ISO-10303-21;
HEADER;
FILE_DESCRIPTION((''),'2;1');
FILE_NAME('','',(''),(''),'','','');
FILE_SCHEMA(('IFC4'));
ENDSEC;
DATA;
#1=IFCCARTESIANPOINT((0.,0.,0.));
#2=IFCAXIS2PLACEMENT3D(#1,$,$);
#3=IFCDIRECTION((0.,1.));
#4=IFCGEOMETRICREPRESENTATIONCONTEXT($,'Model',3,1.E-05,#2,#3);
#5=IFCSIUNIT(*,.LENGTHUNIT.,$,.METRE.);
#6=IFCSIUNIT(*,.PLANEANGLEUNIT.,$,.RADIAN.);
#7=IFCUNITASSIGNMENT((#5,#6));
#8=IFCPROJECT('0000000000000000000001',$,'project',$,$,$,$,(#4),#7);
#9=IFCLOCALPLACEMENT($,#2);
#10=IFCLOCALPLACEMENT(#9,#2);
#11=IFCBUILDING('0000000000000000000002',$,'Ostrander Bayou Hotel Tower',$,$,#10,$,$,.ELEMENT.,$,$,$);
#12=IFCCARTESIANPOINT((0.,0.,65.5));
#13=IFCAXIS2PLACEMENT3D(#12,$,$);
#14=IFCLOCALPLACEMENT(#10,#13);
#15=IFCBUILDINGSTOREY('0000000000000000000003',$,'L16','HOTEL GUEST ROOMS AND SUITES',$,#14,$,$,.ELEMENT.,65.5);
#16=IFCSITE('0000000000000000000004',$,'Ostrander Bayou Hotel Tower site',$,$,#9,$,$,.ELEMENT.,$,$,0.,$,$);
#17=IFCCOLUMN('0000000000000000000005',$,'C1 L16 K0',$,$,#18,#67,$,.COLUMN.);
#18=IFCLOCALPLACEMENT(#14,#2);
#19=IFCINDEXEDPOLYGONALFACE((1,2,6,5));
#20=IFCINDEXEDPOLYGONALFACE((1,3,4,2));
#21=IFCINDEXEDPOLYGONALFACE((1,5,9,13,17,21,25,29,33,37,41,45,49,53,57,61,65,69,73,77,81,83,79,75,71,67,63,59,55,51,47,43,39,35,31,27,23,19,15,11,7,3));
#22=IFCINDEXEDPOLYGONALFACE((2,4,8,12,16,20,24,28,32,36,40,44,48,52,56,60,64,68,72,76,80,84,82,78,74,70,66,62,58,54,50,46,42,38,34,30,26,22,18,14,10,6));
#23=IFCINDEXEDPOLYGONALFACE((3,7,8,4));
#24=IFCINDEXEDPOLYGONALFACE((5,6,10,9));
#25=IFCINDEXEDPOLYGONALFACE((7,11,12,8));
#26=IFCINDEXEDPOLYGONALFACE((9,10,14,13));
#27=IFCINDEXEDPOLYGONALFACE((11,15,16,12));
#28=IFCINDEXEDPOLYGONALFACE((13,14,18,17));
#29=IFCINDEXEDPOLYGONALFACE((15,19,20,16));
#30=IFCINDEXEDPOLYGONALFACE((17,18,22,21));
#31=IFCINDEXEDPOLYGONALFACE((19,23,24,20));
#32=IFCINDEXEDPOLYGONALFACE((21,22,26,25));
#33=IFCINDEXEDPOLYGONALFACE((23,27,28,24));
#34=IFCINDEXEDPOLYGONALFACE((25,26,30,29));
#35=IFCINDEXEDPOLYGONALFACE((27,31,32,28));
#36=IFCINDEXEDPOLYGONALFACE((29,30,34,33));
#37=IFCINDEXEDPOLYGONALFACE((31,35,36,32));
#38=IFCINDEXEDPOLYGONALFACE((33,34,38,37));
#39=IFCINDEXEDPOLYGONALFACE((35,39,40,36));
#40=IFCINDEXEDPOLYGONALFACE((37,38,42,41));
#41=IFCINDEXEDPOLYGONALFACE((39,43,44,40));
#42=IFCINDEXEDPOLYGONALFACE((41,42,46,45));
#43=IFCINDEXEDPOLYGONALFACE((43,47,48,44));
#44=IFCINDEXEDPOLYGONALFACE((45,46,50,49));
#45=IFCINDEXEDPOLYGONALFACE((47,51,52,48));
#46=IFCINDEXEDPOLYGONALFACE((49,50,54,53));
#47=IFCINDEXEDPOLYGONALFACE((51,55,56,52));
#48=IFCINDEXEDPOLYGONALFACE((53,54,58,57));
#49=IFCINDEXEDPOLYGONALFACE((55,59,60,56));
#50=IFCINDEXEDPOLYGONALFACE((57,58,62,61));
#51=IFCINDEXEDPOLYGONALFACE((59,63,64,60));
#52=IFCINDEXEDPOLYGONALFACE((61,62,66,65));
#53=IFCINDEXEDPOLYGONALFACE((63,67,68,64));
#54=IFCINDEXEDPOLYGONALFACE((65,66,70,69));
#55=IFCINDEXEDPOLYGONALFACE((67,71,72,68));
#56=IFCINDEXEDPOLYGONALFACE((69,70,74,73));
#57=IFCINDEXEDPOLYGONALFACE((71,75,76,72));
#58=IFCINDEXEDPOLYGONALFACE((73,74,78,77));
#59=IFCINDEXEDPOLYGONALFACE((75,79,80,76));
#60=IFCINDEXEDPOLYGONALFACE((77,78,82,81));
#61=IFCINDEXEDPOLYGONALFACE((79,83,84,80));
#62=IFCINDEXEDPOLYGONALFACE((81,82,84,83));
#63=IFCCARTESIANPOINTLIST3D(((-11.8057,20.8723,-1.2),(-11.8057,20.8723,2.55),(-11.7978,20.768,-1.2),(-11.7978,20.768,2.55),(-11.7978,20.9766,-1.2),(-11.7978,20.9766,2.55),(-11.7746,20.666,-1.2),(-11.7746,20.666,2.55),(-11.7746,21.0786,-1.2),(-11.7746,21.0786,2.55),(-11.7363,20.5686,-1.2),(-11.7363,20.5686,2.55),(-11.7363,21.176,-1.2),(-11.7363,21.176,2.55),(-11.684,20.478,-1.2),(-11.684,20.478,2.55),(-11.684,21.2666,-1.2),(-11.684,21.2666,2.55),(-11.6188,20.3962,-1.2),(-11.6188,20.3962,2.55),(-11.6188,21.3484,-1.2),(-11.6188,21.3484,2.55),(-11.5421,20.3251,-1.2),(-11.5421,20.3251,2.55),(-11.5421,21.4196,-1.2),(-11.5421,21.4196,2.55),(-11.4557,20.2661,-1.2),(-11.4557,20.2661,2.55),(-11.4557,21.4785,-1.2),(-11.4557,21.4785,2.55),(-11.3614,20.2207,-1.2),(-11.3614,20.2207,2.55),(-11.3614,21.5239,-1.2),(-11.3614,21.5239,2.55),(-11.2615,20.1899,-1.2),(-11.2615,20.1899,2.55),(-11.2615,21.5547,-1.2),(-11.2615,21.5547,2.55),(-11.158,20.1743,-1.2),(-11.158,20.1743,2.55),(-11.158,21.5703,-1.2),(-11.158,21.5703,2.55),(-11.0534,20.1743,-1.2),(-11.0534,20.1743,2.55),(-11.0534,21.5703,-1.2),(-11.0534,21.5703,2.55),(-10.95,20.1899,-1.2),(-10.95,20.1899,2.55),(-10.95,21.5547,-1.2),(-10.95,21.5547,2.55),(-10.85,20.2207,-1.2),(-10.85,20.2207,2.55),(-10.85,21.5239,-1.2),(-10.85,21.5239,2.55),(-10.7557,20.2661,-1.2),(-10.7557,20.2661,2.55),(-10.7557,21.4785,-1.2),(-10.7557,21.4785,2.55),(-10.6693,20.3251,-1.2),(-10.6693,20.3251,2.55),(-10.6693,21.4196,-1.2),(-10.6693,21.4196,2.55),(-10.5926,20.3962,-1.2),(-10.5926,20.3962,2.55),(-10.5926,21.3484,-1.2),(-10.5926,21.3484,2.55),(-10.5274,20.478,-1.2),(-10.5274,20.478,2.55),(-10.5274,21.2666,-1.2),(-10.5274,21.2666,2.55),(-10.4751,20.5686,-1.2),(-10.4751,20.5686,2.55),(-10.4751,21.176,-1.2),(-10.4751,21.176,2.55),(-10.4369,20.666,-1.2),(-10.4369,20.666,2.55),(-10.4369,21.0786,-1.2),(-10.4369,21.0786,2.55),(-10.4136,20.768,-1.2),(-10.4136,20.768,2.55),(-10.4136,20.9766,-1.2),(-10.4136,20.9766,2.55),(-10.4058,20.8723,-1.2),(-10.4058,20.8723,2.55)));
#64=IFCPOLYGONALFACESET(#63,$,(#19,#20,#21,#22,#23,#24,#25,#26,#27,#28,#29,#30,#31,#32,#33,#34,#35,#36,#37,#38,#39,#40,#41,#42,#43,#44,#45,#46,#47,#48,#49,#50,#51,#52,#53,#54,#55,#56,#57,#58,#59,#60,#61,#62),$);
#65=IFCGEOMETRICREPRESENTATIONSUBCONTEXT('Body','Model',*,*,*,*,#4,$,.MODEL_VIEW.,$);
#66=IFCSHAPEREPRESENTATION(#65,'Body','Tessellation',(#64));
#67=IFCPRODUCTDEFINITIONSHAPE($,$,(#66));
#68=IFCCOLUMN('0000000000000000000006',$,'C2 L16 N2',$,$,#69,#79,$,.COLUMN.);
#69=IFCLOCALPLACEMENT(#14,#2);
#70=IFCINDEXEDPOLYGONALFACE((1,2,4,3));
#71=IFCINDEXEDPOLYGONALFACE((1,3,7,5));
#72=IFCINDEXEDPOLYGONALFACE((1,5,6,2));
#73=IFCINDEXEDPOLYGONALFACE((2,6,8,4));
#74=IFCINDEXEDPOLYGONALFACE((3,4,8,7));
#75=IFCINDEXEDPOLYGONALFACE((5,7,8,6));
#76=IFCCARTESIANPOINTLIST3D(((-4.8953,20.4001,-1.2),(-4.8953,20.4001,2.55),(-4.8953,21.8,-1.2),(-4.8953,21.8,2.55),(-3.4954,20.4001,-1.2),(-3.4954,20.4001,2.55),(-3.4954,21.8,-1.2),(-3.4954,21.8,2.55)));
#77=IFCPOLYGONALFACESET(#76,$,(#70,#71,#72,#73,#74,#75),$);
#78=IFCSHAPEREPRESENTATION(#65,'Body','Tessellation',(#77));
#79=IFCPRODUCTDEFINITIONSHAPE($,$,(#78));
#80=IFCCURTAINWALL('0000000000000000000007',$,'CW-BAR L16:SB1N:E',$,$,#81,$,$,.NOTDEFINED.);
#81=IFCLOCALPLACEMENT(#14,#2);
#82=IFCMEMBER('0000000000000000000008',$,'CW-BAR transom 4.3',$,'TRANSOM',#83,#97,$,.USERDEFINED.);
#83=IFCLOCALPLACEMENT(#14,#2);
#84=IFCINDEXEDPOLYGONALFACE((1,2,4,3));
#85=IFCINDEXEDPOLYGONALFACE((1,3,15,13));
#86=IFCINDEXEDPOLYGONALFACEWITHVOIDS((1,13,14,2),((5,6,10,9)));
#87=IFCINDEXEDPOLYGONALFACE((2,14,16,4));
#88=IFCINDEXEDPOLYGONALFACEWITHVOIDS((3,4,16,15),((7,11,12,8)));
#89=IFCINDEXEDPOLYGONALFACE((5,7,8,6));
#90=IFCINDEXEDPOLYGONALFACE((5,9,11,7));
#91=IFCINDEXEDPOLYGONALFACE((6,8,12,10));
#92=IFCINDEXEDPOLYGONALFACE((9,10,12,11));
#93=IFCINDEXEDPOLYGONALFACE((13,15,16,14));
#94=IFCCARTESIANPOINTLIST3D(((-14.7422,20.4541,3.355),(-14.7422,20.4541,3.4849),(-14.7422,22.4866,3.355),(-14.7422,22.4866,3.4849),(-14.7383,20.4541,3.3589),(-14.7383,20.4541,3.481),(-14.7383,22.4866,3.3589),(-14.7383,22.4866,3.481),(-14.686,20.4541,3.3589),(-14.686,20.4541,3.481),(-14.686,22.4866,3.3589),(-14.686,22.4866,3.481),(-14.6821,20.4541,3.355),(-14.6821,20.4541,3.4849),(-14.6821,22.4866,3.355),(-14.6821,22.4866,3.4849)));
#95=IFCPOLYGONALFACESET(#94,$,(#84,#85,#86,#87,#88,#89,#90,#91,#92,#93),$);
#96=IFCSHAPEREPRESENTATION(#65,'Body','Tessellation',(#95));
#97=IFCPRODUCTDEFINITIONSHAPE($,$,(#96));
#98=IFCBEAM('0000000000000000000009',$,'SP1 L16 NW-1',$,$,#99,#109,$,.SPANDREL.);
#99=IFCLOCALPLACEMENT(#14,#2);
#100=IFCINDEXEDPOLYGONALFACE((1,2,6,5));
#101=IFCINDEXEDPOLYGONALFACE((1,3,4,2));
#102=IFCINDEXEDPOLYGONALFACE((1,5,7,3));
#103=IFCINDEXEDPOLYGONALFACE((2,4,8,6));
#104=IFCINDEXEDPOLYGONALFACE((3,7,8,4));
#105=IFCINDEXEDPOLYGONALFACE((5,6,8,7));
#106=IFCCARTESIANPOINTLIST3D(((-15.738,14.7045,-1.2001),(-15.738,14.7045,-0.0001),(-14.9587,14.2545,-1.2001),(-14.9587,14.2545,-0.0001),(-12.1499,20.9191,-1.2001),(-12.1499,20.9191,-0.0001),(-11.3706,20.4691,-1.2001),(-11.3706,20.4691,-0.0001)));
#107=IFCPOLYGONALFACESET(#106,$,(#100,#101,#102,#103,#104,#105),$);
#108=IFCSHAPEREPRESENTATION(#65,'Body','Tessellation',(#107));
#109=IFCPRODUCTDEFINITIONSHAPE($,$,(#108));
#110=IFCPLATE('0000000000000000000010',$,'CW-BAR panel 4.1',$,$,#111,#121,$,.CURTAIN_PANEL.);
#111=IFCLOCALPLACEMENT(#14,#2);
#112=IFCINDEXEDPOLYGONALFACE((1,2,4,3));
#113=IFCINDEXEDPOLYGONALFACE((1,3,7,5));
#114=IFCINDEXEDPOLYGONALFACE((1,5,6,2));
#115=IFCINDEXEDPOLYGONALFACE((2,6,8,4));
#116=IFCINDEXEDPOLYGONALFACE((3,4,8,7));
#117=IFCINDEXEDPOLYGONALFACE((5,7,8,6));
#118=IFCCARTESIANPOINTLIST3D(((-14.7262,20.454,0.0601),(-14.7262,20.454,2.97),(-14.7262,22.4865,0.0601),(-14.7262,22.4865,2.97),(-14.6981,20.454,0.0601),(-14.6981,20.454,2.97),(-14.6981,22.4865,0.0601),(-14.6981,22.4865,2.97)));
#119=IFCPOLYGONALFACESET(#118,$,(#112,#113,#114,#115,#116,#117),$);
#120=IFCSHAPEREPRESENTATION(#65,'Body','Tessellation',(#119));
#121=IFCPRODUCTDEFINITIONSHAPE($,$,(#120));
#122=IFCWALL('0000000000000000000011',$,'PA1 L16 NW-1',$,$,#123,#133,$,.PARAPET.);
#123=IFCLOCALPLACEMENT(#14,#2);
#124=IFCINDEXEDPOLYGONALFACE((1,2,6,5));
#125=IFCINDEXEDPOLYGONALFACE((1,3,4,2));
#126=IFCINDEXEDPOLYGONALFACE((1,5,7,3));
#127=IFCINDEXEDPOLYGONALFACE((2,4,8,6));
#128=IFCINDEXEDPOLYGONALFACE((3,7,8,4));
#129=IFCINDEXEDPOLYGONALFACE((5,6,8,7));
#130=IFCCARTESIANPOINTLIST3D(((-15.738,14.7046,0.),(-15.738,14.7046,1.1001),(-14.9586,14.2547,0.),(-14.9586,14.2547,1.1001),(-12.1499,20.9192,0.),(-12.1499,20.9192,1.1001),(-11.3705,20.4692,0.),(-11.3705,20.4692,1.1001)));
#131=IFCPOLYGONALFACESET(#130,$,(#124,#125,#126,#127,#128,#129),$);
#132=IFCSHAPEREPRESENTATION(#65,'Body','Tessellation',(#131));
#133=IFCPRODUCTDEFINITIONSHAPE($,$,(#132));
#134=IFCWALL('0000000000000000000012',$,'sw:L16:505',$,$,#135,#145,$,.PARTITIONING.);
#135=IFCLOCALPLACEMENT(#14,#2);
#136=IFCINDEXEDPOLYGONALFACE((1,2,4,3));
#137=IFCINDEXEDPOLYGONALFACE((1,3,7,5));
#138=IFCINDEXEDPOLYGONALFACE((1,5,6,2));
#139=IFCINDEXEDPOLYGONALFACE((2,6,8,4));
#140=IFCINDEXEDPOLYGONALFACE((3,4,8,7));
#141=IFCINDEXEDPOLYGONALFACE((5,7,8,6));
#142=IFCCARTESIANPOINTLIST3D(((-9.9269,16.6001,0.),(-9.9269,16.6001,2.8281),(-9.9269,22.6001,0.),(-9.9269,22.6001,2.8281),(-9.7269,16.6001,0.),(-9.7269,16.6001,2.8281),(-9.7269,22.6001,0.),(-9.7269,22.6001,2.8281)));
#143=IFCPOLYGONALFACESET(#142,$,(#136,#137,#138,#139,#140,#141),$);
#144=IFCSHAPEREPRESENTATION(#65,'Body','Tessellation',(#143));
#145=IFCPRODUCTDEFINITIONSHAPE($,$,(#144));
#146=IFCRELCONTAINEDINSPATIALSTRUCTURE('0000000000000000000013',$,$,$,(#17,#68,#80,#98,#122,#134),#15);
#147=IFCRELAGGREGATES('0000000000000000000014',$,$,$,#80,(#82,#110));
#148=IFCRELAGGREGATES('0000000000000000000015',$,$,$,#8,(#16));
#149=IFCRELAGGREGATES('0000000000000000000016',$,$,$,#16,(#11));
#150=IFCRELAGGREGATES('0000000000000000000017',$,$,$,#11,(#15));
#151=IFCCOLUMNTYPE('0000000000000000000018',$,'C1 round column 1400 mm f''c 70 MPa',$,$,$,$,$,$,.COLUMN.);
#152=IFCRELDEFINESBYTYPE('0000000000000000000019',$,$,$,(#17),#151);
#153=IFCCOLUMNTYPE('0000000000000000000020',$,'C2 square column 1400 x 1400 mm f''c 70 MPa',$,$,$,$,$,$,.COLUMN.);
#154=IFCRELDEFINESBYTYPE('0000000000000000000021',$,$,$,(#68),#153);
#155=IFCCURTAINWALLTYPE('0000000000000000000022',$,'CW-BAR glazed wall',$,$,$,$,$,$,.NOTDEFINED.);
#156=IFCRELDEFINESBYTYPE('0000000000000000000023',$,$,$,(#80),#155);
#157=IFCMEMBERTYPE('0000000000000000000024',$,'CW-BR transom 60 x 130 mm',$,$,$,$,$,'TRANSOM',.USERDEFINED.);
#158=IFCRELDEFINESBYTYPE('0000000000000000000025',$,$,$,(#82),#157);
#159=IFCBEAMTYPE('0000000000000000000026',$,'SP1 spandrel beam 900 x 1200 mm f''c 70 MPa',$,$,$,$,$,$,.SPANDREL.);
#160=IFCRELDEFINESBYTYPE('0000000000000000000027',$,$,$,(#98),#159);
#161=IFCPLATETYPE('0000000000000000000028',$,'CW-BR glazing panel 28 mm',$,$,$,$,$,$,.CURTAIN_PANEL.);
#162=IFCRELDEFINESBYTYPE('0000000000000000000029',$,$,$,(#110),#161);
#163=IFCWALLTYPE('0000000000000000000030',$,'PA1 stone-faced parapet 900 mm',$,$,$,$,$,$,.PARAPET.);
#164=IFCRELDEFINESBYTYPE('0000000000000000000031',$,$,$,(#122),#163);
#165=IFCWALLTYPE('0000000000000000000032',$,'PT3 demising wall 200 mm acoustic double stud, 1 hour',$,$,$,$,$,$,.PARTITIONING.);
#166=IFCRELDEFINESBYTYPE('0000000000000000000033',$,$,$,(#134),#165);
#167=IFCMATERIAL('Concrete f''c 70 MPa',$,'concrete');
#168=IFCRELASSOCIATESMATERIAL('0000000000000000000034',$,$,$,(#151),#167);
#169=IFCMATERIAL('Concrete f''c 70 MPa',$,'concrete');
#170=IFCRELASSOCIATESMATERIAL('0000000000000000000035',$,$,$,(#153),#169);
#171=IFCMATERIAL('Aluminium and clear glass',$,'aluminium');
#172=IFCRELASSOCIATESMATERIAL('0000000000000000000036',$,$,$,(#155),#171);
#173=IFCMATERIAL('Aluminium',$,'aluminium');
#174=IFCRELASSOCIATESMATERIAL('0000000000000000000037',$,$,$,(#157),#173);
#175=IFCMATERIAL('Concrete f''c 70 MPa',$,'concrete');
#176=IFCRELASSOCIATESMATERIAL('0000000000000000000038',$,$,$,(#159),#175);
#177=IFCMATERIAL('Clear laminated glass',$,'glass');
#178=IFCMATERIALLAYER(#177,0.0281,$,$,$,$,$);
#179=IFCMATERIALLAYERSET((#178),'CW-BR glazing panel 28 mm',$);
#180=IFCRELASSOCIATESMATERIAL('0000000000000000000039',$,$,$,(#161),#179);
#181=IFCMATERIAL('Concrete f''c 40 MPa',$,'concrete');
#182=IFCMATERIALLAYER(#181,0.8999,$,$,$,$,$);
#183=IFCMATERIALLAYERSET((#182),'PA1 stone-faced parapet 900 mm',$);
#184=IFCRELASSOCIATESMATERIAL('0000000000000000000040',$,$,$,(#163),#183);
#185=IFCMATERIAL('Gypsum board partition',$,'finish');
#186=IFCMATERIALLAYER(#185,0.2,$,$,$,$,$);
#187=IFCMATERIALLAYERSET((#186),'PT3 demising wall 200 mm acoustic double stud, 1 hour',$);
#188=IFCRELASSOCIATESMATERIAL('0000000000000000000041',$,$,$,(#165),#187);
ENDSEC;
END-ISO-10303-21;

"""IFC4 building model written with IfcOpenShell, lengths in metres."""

from ifc_helpers import new_model, si_unit, direction, frame, frame_2d, origin, origin_2d, place, context, subcontext, project, spatial, rectangle, hollow_rectangle, circle, extrude, material, layer, layer_set, material_profile, profile_set, type_object, element, aggregate, save


model = new_model("IFC4")

# Units and contexts
model_context = context("Model", 3, precision=1e-05, world=origin(), true_north=direction((0.0, 1.0)))
body_context = subcontext(model_context, "Body", "Model", "MODEL_VIEW")
ifc_project = project(units=[si_unit("LENGTHUNIT", "METRE"), si_unit("PLANEANGLEUNIT", "RADIAN")], contexts=[model_context])

# Site, building, storey
site_placement = place(None, origin())
site = spatial("IfcSite", under=ifc_project, at=site_placement, Name="Ostrander Bayou Hotel Tower site", CompositionType="ELEMENT", RefElevation=0.0)
building_placement = place(site_placement, origin())
building = spatial("IfcBuilding", under=site, at=building_placement, Name="Ostrander Bayou Hotel Tower", CompositionType="ELEMENT")
storey_placement = place(building_placement, frame((0.0, 0.0, 65.5)))
storey = spatial("IfcBuildingStorey", under=building, at=storey_placement, Name="L16", Description="HOTEL GUEST ROOMS AND SUITES", CompositionType="ELEMENT", Elevation=65.5)

# Columns
ifc_material_1 = material(Name="Concrete f'c 70 MPa", Category="concrete")
ifc_material_profile_1 = material_profile(ifc_material_1, circle(Radius=0.7, at=origin_2d()))
ifc_profile_set_1 = profile_set([ifc_material_profile_1], Name="Concrete f'c 70 MPa")
column_type_1 = type_object("IfcColumnType", Name="C1 round column 1400 mm f'c 70 MPa", PredefinedType="COLUMN", material=ifc_profile_set_1)
column_1_placement = place(storey_placement, frame((-11.1057, 20.8723, -1.2), z_axis=(0.0, 0.0, 1.0), x_axis=(1.0, 0.0, 0.0)))
element("IfcColumn", 1, at=column_1_placement, inside=storey, type_object=column_type_1, Name="C1 L16 K0", PredefinedType="COLUMN", context=body_context, shape_type="SweptSolid", body=[
    extrude(circle(Radius=0.7, at=origin_2d()), origin(), (0.0, 0.0, 1.0), 3.75),
])
ifc_material_2 = material(Name="Concrete f'c 70 MPa", Category="concrete")
ifc_material_profile_2 = material_profile(ifc_material_2, rectangle(XDim=1.3999, YDim=1.3999, at=origin_2d()))
ifc_profile_set_2 = profile_set([ifc_material_profile_2], Name="Concrete f'c 70 MPa")
column_type_2 = type_object("IfcColumnType", Name="C2 square column 1400 x 1400 mm f'c 70 MPa", PredefinedType="COLUMN", material=ifc_profile_set_2)
column_2_placement = place(storey_placement, frame((-4.1953, 21.1001, -1.2), z_axis=(0.0, 0.0, 1.0), x_axis=(1.0, 0.0, 0.0)))
element("IfcColumn", 2, at=column_2_placement, inside=storey, type_object=column_type_2, Name="C2 L16 N2", PredefinedType="COLUMN", context=body_context, shape_type="SweptSolid", body=[
    extrude(rectangle(XDim=1.3999, YDim=1.3999, at=origin_2d()), origin(), (0.0, 0.0, 1.0), 3.75),
])

# Curtain wall, member
ifc_material_3 = material(Name="Aluminium and clear glass", Category="aluminium")
curtain_wall_type = type_object("IfcCurtainWallType", Name="CW-BAR glazed wall", PredefinedType="NOTDEFINED", material=ifc_material_3)
curtain_wall_placement = place(storey_placement, origin())
curtain_wall = element("IfcCurtainWall", 3, at=curtain_wall_placement, inside=storey, type_object=curtain_wall_type, Name="CW-BAR L16:SB1N:E", PredefinedType="NOTDEFINED")
ifc_material_4 = material(Name="Aluminium", Category="aluminium")
ifc_material_profile_3 = material_profile(ifc_material_4, hollow_rectangle(XDim=0.0601, YDim=0.1299, WallThickness=0.0039, at=origin_2d()))
ifc_profile_set_3 = profile_set([ifc_material_profile_3], Name="Aluminium")
member_type = type_object("IfcMemberType", Name="CW-BR transom 60 x 130 mm", ElementType="TRANSOM", PredefinedType="USERDEFINED", material=ifc_profile_set_3)
member_placement = place(storey_placement, frame((-14.7122, 20.4541, 3.4199), z_axis=(0.0, 1.0, 0.0), x_axis=(-1.0, 0.0, 0.0)))
member = element("IfcMember", 4, at=member_placement, type_object=member_type, Name="CW-BAR transom 4.3", ObjectType="TRANSOM", PredefinedType="USERDEFINED", context=body_context, shape_type="SweptSolid", body=[
    extrude(hollow_rectangle(XDim=0.0601, YDim=0.1299, WallThickness=0.0039, at=origin_2d()), origin(), (0.0, 0.0, 1.0), 2.0325),
])

# Beam
ifc_material_5 = material(Name="Concrete f'c 70 MPa", Category="concrete")
ifc_material_profile_4 = material_profile(ifc_material_5, rectangle(XDim=0.8999, YDim=1.2, at=origin_2d()))
ifc_profile_set_4 = profile_set([ifc_material_profile_4], Name="Concrete f'c 70 MPa")
beam_type = type_object("IfcBeamType", Name="SP1 spandrel beam 900 x 1200 mm f'c 70 MPa", PredefinedType="SPANDREL", material=ifc_profile_set_4)
beam_placement = place(storey_placement, frame((-11.7603, 20.6941, -0.6001), z_axis=(-0.500014, -0.866017, 0.0), x_axis=(0.866017, -0.500014, 0.0)))
element("IfcBeam", 5, at=beam_placement, inside=storey, type_object=beam_type, Name="SP1 L16 NW-1", PredefinedType="SPANDREL", context=body_context, shape_type="SweptSolid", body=[
    extrude(rectangle(XDim=0.8999, YDim=1.2, at=origin_2d()), origin(), (0.0, 0.0, 1.0), 7.176),
])

# Plate
ifc_material_6 = material(Name="Clear laminated glass", Category="glass")
ifc_layer_1 = layer(ifc_material_6, 0.0281)
ifc_layer_set_1 = layer_set([ifc_layer_1], Name="CW-BR glazing panel 28 mm")
plate_type = type_object("IfcPlateType", Name="CW-BR glazing panel 28 mm", PredefinedType="CURTAIN_PANEL", material=ifc_layer_set_1)
plate_placement = place(storey_placement, frame((-14.7122, 21.4702, 0.0601), z_axis=(0.0, 0.0, 1.0), x_axis=(0.0, 1.0, 0.0)))
plate = element("IfcPlate", 6, at=plate_placement, type_object=plate_type, Name="CW-BAR panel 4.1", PredefinedType="CURTAIN_PANEL", context=body_context, shape_type="SweptSolid", body=[
    extrude(rectangle(XDim=2.0325, YDim=0.0281, at=origin_2d()), origin(), (0.0, 0.0, 1.0), 2.9099),
])
aggregate(curtain_wall, [member, plate])

# Walls
ifc_material_7 = material(Name="Concrete f'c 40 MPa", Category="concrete")
ifc_layer_2 = layer(ifc_material_7, 0.8999)
ifc_layer_set_2 = layer_set([ifc_layer_2], Name="PA1 stone-faced parapet 900 mm")
wall_type_1 = type_object("IfcWallType", Name="PA1 stone-faced parapet 900 mm", PredefinedType="PARAPET", material=ifc_layer_set_2)
wall_1_placement = place(storey_placement, frame((-11.7603, 20.6941, 0.0), z_axis=(0.0, 0.0, 1.0), x_axis=(-0.500014, -0.866017, 0.0)))
element("IfcWall", 7, at=wall_1_placement, inside=storey, type_object=wall_type_1, Name="PA1 L16 NW-1", PredefinedType="PARAPET", context=body_context, shape_type="SweptSolid", body=[
    extrude(rectangle(XDim=7.176, YDim=0.8999, at=frame_2d((3.5879, 0.0))), origin(), (0.0, 0.0, 1.0), 1.1001),
])
ifc_material_8 = material(Name="Gypsum board partition", Category="finish")
ifc_layer_3 = layer(ifc_material_8, 0.2)
ifc_layer_set_3 = layer_set([ifc_layer_3], Name="PT3 demising wall 200 mm acoustic double stud, 1 hour")
wall_type_2 = type_object("IfcWallType", Name="PT3 demising wall 200 mm acoustic double stud, 1 hour", PredefinedType="PARTITIONING", material=ifc_layer_set_3)
wall_2_placement = place(storey_placement, frame((-9.8269, 16.6001, 0.0), z_axis=(0.0, 0.0, 1.0), x_axis=(0.0, 1.0, 0.0)))
element("IfcWall", 8, at=wall_2_placement, inside=storey, type_object=wall_type_2, Name="sw:L16:505", PredefinedType="PARTITIONING", context=body_context, shape_type="SweptSolid", body=[
    extrude(rectangle(XDim=6.0, YDim=0.2, at=frame_2d((3.0, 0.0))), origin(), (0.0, 0.0, 1.0), 2.8281),
])

save(model, "model.ifc")
